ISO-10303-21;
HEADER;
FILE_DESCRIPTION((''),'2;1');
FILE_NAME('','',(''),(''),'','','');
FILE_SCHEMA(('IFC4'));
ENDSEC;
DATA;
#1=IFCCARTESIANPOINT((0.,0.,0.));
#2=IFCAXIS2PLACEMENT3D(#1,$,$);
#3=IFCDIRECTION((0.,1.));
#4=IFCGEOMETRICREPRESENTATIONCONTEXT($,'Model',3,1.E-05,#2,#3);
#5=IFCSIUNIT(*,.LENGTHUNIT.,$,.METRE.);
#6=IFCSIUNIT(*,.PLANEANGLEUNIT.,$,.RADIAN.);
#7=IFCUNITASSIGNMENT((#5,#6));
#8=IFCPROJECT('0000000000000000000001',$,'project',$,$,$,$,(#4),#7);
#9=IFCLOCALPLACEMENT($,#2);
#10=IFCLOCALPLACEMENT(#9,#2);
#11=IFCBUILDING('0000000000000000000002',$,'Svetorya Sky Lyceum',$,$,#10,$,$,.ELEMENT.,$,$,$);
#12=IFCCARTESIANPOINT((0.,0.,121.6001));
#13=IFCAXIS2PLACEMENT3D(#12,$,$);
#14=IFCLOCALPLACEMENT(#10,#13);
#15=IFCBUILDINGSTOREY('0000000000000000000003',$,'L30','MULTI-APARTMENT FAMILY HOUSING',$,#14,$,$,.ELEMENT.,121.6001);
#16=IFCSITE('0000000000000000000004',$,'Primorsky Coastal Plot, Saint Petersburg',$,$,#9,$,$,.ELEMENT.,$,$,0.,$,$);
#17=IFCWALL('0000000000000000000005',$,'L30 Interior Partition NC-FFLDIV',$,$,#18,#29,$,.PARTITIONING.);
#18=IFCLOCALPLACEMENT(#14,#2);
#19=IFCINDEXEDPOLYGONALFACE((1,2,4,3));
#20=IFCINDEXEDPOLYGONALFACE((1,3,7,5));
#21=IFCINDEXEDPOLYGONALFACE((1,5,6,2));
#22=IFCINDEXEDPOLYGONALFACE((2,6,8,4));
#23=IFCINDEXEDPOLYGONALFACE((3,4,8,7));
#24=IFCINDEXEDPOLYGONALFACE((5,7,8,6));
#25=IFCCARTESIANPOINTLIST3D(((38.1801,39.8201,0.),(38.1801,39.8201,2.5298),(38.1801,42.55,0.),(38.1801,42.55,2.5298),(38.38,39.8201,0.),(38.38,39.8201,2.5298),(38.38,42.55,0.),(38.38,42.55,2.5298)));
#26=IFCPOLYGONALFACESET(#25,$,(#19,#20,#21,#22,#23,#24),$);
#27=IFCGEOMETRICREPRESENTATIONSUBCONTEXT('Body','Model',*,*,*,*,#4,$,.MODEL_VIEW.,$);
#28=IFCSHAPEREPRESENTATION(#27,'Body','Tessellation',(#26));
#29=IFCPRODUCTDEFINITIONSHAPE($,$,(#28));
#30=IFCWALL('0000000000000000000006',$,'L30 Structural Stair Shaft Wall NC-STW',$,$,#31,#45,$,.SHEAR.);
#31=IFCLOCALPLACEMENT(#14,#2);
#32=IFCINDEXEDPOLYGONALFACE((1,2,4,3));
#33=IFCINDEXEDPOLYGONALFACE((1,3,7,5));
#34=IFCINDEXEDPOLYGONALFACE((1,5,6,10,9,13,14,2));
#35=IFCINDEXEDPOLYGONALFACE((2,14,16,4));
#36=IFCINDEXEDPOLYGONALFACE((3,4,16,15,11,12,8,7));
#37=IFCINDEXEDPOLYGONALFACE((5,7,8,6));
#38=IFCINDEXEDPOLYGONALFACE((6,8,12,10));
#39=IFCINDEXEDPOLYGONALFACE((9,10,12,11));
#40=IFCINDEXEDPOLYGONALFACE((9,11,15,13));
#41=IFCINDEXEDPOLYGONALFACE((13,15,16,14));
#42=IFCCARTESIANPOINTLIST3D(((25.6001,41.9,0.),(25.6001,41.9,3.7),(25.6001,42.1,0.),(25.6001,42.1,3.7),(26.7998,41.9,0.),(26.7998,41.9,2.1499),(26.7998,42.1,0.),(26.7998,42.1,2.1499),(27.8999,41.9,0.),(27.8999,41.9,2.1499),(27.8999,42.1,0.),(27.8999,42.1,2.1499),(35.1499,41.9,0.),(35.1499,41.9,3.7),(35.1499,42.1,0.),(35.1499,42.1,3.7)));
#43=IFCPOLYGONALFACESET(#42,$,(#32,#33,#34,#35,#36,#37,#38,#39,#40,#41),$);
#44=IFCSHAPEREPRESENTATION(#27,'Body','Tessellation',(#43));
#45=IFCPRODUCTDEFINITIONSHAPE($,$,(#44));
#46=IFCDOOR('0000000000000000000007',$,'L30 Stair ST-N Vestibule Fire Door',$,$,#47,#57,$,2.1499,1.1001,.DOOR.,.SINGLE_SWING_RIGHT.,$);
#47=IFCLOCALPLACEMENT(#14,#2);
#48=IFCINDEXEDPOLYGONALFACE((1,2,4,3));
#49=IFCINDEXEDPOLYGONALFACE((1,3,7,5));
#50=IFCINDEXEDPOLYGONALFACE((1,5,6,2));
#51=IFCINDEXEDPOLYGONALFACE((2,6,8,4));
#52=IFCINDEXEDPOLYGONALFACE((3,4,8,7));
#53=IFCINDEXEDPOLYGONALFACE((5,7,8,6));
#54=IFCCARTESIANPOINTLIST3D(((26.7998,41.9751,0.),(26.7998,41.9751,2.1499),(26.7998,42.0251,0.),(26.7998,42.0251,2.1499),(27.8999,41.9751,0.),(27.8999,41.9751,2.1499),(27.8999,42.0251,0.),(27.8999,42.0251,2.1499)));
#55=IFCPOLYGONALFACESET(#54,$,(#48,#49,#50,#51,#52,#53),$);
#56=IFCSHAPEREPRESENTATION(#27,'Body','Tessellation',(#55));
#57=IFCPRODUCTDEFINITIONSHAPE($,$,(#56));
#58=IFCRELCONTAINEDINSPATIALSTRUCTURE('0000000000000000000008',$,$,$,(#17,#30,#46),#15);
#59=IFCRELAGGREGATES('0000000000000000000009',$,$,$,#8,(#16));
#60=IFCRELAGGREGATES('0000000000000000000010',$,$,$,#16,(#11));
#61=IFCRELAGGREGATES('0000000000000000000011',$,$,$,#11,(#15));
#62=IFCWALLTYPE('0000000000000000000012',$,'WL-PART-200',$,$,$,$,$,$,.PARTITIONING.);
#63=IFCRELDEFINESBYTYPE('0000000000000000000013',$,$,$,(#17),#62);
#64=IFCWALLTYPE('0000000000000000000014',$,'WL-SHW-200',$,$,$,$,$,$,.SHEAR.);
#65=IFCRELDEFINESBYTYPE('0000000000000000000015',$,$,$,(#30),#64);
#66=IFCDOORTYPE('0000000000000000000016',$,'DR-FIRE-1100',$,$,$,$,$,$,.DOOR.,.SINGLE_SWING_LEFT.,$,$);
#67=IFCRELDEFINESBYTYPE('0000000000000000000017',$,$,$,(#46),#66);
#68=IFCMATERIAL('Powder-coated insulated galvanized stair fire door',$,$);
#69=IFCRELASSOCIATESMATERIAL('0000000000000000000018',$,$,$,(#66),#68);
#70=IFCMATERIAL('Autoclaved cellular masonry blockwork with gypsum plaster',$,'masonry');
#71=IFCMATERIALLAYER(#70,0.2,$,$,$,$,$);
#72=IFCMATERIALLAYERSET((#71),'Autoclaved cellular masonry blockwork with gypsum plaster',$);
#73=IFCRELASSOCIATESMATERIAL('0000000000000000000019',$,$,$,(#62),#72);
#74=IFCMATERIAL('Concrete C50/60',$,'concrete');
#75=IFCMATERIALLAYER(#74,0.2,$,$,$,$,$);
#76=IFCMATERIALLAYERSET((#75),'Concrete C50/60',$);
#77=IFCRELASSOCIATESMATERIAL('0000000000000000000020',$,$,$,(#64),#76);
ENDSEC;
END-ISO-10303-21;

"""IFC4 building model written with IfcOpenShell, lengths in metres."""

from ifc_helpers import new_model, si_unit, direction, frame, frame_2d, origin, place, context, subcontext, project, spatial, rectangle, extrude, material, layer, layer_set, type_object, element, fill, save


model = new_model("IFC4")

# Units and contexts
model_context = context("Model", 3, precision=1e-05, world=origin(), true_north=direction((0.0, 1.0)))
body_context = subcontext(model_context, "Body", "Model", "MODEL_VIEW")
ifc_project = project(units=[si_unit("LENGTHUNIT", "METRE"), si_unit("PLANEANGLEUNIT", "RADIAN")], contexts=[model_context])

# Site, building, storey
site_placement = place(None, origin())
site = spatial("IfcSite", under=ifc_project, at=site_placement, Name="Primorsky Coastal Plot, Saint Petersburg", CompositionType="ELEMENT", RefElevation=0.0)
building_placement = place(site_placement, origin())
building = spatial("IfcBuilding", under=site, at=building_placement, Name="Svetorya Sky Lyceum", CompositionType="ELEMENT")
storey_placement = place(building_placement, frame((0.0, 0.0, 121.6001)))
storey = spatial("IfcBuildingStorey", under=building, at=storey_placement, Name="L30", Description="MULTI-APARTMENT FAMILY HOUSING", CompositionType="ELEMENT", Elevation=121.6001)

# Shared definitions
ifc_material_1 = material(Name="Concrete C50/60", Category="concrete")

# Shared definitions
ifc_material_2 = material(Name="Powder-coated insulated galvanized stair fire door")
door_type_1 = type_object("IfcDoorType", Name="DR-FIRE-1100", OperationType="SINGLE_SWING_LEFT", PredefinedType="DOOR", material=ifc_material_2)

# Shared definitions
ifc_material_3 = material(Name="Autoclaved cellular masonry blockwork with gypsum plaster", Category="masonry")
ifc_layer_1 = layer(ifc_material_3, 0.2)
ifc_layer_set_1 = layer_set([ifc_layer_1], Name="Autoclaved cellular masonry blockwork with gypsum plaster")
wall_type_1 = type_object("IfcWallType", Name="WL-PART-200", PredefinedType="PARTITIONING", material=ifc_layer_set_1)

# Wall
wall_1_placement = place(storey_placement, frame((38.28, 39.8201, 0.0), z_axis=(0.0, 0.0, 1.0), x_axis=(0.0, 1.0, 0.0)))
element("IfcWall", 1, at=wall_1_placement, inside=storey, type_object=wall_type_1, Name="L30 Interior Partition NC-FFLDIV", PredefinedType="PARTITIONING", context=body_context, shape_type="SweptSolid", body=[
    extrude(rectangle(XDim=2.73, YDim=0.2, at=frame_2d((1.365, 0.0))), origin(), (0.0, 0.0, 1.0), 2.5298),
])

# Wall, opening, door
ifc_layer_2 = layer(ifc_material_1, 0.2)
ifc_layer_set_2 = layer_set([ifc_layer_2], Name="Concrete C50/60")
wall_type_2 = type_object("IfcWallType", Name="WL-SHW-200", PredefinedType="SHEAR", material=ifc_layer_set_2)
wall_2_placement = place(storey_placement, frame((35.1499, 42.0, 0.0), z_axis=(0.0, 0.0, 1.0), x_axis=(-1.0, 0.0, 0.0)))
wall_2 = element("IfcWall", 2, at=wall_2_placement, inside=storey, type_object=wall_type_2, Name="L30 Structural Stair Shaft Wall NC-STW", PredefinedType="SHEAR", context=body_context, shape_type="SweptSolid", body=[
    extrude(rectangle(XDim=9.5498, YDim=0.2, at=frame_2d((4.7749, 0.0))), origin(), (0.0, 0.0, 1.0), 3.7),
])
opening_1_placement = place(wall_2_placement, frame((7.25, 0.0, 0.0)))
opening_1 = element("IfcOpeningElement", 3, at=opening_1_placement, cuts=wall_2, PredefinedType="OPENING", context=body_context, shape_type="SweptSolid", body=[
    extrude(rectangle(XDim=1.1001, YDim=2.1499, at=frame_2d((0.55, 1.075))), frame((0.0, 0.1099, 0.0), z_axis=(0.0, -1.0, 0.0), x_axis=(1.0, 0.0, 0.0)), (0.0, 0.0, 1.0), 0.22),
])
door_1_placement = place(opening_1_placement, origin())
door_1 = element("IfcDoor", 4, at=door_1_placement, inside=storey, type_object=door_type_1, Name="L30 Stair ST-N Vestibule Fire Door", OperationType="SINGLE_SWING_RIGHT", OverallHeight=2.1499, OverallWidth=1.1001, PredefinedType="DOOR", context=body_context, shape_type="SweptSolid", body=[
    extrude(rectangle(XDim=1.1001, YDim=2.1499, at=frame_2d((0.55, 1.075))), frame((0.0, 0.0249, 0.0), z_axis=(0.0, -1.0, 0.0), x_axis=(1.0, 0.0, 0.0)), (0.0, 0.0, 1.0), 0.05),
])
fill(opening_1, door_1)

save(model, "model.ifc")
